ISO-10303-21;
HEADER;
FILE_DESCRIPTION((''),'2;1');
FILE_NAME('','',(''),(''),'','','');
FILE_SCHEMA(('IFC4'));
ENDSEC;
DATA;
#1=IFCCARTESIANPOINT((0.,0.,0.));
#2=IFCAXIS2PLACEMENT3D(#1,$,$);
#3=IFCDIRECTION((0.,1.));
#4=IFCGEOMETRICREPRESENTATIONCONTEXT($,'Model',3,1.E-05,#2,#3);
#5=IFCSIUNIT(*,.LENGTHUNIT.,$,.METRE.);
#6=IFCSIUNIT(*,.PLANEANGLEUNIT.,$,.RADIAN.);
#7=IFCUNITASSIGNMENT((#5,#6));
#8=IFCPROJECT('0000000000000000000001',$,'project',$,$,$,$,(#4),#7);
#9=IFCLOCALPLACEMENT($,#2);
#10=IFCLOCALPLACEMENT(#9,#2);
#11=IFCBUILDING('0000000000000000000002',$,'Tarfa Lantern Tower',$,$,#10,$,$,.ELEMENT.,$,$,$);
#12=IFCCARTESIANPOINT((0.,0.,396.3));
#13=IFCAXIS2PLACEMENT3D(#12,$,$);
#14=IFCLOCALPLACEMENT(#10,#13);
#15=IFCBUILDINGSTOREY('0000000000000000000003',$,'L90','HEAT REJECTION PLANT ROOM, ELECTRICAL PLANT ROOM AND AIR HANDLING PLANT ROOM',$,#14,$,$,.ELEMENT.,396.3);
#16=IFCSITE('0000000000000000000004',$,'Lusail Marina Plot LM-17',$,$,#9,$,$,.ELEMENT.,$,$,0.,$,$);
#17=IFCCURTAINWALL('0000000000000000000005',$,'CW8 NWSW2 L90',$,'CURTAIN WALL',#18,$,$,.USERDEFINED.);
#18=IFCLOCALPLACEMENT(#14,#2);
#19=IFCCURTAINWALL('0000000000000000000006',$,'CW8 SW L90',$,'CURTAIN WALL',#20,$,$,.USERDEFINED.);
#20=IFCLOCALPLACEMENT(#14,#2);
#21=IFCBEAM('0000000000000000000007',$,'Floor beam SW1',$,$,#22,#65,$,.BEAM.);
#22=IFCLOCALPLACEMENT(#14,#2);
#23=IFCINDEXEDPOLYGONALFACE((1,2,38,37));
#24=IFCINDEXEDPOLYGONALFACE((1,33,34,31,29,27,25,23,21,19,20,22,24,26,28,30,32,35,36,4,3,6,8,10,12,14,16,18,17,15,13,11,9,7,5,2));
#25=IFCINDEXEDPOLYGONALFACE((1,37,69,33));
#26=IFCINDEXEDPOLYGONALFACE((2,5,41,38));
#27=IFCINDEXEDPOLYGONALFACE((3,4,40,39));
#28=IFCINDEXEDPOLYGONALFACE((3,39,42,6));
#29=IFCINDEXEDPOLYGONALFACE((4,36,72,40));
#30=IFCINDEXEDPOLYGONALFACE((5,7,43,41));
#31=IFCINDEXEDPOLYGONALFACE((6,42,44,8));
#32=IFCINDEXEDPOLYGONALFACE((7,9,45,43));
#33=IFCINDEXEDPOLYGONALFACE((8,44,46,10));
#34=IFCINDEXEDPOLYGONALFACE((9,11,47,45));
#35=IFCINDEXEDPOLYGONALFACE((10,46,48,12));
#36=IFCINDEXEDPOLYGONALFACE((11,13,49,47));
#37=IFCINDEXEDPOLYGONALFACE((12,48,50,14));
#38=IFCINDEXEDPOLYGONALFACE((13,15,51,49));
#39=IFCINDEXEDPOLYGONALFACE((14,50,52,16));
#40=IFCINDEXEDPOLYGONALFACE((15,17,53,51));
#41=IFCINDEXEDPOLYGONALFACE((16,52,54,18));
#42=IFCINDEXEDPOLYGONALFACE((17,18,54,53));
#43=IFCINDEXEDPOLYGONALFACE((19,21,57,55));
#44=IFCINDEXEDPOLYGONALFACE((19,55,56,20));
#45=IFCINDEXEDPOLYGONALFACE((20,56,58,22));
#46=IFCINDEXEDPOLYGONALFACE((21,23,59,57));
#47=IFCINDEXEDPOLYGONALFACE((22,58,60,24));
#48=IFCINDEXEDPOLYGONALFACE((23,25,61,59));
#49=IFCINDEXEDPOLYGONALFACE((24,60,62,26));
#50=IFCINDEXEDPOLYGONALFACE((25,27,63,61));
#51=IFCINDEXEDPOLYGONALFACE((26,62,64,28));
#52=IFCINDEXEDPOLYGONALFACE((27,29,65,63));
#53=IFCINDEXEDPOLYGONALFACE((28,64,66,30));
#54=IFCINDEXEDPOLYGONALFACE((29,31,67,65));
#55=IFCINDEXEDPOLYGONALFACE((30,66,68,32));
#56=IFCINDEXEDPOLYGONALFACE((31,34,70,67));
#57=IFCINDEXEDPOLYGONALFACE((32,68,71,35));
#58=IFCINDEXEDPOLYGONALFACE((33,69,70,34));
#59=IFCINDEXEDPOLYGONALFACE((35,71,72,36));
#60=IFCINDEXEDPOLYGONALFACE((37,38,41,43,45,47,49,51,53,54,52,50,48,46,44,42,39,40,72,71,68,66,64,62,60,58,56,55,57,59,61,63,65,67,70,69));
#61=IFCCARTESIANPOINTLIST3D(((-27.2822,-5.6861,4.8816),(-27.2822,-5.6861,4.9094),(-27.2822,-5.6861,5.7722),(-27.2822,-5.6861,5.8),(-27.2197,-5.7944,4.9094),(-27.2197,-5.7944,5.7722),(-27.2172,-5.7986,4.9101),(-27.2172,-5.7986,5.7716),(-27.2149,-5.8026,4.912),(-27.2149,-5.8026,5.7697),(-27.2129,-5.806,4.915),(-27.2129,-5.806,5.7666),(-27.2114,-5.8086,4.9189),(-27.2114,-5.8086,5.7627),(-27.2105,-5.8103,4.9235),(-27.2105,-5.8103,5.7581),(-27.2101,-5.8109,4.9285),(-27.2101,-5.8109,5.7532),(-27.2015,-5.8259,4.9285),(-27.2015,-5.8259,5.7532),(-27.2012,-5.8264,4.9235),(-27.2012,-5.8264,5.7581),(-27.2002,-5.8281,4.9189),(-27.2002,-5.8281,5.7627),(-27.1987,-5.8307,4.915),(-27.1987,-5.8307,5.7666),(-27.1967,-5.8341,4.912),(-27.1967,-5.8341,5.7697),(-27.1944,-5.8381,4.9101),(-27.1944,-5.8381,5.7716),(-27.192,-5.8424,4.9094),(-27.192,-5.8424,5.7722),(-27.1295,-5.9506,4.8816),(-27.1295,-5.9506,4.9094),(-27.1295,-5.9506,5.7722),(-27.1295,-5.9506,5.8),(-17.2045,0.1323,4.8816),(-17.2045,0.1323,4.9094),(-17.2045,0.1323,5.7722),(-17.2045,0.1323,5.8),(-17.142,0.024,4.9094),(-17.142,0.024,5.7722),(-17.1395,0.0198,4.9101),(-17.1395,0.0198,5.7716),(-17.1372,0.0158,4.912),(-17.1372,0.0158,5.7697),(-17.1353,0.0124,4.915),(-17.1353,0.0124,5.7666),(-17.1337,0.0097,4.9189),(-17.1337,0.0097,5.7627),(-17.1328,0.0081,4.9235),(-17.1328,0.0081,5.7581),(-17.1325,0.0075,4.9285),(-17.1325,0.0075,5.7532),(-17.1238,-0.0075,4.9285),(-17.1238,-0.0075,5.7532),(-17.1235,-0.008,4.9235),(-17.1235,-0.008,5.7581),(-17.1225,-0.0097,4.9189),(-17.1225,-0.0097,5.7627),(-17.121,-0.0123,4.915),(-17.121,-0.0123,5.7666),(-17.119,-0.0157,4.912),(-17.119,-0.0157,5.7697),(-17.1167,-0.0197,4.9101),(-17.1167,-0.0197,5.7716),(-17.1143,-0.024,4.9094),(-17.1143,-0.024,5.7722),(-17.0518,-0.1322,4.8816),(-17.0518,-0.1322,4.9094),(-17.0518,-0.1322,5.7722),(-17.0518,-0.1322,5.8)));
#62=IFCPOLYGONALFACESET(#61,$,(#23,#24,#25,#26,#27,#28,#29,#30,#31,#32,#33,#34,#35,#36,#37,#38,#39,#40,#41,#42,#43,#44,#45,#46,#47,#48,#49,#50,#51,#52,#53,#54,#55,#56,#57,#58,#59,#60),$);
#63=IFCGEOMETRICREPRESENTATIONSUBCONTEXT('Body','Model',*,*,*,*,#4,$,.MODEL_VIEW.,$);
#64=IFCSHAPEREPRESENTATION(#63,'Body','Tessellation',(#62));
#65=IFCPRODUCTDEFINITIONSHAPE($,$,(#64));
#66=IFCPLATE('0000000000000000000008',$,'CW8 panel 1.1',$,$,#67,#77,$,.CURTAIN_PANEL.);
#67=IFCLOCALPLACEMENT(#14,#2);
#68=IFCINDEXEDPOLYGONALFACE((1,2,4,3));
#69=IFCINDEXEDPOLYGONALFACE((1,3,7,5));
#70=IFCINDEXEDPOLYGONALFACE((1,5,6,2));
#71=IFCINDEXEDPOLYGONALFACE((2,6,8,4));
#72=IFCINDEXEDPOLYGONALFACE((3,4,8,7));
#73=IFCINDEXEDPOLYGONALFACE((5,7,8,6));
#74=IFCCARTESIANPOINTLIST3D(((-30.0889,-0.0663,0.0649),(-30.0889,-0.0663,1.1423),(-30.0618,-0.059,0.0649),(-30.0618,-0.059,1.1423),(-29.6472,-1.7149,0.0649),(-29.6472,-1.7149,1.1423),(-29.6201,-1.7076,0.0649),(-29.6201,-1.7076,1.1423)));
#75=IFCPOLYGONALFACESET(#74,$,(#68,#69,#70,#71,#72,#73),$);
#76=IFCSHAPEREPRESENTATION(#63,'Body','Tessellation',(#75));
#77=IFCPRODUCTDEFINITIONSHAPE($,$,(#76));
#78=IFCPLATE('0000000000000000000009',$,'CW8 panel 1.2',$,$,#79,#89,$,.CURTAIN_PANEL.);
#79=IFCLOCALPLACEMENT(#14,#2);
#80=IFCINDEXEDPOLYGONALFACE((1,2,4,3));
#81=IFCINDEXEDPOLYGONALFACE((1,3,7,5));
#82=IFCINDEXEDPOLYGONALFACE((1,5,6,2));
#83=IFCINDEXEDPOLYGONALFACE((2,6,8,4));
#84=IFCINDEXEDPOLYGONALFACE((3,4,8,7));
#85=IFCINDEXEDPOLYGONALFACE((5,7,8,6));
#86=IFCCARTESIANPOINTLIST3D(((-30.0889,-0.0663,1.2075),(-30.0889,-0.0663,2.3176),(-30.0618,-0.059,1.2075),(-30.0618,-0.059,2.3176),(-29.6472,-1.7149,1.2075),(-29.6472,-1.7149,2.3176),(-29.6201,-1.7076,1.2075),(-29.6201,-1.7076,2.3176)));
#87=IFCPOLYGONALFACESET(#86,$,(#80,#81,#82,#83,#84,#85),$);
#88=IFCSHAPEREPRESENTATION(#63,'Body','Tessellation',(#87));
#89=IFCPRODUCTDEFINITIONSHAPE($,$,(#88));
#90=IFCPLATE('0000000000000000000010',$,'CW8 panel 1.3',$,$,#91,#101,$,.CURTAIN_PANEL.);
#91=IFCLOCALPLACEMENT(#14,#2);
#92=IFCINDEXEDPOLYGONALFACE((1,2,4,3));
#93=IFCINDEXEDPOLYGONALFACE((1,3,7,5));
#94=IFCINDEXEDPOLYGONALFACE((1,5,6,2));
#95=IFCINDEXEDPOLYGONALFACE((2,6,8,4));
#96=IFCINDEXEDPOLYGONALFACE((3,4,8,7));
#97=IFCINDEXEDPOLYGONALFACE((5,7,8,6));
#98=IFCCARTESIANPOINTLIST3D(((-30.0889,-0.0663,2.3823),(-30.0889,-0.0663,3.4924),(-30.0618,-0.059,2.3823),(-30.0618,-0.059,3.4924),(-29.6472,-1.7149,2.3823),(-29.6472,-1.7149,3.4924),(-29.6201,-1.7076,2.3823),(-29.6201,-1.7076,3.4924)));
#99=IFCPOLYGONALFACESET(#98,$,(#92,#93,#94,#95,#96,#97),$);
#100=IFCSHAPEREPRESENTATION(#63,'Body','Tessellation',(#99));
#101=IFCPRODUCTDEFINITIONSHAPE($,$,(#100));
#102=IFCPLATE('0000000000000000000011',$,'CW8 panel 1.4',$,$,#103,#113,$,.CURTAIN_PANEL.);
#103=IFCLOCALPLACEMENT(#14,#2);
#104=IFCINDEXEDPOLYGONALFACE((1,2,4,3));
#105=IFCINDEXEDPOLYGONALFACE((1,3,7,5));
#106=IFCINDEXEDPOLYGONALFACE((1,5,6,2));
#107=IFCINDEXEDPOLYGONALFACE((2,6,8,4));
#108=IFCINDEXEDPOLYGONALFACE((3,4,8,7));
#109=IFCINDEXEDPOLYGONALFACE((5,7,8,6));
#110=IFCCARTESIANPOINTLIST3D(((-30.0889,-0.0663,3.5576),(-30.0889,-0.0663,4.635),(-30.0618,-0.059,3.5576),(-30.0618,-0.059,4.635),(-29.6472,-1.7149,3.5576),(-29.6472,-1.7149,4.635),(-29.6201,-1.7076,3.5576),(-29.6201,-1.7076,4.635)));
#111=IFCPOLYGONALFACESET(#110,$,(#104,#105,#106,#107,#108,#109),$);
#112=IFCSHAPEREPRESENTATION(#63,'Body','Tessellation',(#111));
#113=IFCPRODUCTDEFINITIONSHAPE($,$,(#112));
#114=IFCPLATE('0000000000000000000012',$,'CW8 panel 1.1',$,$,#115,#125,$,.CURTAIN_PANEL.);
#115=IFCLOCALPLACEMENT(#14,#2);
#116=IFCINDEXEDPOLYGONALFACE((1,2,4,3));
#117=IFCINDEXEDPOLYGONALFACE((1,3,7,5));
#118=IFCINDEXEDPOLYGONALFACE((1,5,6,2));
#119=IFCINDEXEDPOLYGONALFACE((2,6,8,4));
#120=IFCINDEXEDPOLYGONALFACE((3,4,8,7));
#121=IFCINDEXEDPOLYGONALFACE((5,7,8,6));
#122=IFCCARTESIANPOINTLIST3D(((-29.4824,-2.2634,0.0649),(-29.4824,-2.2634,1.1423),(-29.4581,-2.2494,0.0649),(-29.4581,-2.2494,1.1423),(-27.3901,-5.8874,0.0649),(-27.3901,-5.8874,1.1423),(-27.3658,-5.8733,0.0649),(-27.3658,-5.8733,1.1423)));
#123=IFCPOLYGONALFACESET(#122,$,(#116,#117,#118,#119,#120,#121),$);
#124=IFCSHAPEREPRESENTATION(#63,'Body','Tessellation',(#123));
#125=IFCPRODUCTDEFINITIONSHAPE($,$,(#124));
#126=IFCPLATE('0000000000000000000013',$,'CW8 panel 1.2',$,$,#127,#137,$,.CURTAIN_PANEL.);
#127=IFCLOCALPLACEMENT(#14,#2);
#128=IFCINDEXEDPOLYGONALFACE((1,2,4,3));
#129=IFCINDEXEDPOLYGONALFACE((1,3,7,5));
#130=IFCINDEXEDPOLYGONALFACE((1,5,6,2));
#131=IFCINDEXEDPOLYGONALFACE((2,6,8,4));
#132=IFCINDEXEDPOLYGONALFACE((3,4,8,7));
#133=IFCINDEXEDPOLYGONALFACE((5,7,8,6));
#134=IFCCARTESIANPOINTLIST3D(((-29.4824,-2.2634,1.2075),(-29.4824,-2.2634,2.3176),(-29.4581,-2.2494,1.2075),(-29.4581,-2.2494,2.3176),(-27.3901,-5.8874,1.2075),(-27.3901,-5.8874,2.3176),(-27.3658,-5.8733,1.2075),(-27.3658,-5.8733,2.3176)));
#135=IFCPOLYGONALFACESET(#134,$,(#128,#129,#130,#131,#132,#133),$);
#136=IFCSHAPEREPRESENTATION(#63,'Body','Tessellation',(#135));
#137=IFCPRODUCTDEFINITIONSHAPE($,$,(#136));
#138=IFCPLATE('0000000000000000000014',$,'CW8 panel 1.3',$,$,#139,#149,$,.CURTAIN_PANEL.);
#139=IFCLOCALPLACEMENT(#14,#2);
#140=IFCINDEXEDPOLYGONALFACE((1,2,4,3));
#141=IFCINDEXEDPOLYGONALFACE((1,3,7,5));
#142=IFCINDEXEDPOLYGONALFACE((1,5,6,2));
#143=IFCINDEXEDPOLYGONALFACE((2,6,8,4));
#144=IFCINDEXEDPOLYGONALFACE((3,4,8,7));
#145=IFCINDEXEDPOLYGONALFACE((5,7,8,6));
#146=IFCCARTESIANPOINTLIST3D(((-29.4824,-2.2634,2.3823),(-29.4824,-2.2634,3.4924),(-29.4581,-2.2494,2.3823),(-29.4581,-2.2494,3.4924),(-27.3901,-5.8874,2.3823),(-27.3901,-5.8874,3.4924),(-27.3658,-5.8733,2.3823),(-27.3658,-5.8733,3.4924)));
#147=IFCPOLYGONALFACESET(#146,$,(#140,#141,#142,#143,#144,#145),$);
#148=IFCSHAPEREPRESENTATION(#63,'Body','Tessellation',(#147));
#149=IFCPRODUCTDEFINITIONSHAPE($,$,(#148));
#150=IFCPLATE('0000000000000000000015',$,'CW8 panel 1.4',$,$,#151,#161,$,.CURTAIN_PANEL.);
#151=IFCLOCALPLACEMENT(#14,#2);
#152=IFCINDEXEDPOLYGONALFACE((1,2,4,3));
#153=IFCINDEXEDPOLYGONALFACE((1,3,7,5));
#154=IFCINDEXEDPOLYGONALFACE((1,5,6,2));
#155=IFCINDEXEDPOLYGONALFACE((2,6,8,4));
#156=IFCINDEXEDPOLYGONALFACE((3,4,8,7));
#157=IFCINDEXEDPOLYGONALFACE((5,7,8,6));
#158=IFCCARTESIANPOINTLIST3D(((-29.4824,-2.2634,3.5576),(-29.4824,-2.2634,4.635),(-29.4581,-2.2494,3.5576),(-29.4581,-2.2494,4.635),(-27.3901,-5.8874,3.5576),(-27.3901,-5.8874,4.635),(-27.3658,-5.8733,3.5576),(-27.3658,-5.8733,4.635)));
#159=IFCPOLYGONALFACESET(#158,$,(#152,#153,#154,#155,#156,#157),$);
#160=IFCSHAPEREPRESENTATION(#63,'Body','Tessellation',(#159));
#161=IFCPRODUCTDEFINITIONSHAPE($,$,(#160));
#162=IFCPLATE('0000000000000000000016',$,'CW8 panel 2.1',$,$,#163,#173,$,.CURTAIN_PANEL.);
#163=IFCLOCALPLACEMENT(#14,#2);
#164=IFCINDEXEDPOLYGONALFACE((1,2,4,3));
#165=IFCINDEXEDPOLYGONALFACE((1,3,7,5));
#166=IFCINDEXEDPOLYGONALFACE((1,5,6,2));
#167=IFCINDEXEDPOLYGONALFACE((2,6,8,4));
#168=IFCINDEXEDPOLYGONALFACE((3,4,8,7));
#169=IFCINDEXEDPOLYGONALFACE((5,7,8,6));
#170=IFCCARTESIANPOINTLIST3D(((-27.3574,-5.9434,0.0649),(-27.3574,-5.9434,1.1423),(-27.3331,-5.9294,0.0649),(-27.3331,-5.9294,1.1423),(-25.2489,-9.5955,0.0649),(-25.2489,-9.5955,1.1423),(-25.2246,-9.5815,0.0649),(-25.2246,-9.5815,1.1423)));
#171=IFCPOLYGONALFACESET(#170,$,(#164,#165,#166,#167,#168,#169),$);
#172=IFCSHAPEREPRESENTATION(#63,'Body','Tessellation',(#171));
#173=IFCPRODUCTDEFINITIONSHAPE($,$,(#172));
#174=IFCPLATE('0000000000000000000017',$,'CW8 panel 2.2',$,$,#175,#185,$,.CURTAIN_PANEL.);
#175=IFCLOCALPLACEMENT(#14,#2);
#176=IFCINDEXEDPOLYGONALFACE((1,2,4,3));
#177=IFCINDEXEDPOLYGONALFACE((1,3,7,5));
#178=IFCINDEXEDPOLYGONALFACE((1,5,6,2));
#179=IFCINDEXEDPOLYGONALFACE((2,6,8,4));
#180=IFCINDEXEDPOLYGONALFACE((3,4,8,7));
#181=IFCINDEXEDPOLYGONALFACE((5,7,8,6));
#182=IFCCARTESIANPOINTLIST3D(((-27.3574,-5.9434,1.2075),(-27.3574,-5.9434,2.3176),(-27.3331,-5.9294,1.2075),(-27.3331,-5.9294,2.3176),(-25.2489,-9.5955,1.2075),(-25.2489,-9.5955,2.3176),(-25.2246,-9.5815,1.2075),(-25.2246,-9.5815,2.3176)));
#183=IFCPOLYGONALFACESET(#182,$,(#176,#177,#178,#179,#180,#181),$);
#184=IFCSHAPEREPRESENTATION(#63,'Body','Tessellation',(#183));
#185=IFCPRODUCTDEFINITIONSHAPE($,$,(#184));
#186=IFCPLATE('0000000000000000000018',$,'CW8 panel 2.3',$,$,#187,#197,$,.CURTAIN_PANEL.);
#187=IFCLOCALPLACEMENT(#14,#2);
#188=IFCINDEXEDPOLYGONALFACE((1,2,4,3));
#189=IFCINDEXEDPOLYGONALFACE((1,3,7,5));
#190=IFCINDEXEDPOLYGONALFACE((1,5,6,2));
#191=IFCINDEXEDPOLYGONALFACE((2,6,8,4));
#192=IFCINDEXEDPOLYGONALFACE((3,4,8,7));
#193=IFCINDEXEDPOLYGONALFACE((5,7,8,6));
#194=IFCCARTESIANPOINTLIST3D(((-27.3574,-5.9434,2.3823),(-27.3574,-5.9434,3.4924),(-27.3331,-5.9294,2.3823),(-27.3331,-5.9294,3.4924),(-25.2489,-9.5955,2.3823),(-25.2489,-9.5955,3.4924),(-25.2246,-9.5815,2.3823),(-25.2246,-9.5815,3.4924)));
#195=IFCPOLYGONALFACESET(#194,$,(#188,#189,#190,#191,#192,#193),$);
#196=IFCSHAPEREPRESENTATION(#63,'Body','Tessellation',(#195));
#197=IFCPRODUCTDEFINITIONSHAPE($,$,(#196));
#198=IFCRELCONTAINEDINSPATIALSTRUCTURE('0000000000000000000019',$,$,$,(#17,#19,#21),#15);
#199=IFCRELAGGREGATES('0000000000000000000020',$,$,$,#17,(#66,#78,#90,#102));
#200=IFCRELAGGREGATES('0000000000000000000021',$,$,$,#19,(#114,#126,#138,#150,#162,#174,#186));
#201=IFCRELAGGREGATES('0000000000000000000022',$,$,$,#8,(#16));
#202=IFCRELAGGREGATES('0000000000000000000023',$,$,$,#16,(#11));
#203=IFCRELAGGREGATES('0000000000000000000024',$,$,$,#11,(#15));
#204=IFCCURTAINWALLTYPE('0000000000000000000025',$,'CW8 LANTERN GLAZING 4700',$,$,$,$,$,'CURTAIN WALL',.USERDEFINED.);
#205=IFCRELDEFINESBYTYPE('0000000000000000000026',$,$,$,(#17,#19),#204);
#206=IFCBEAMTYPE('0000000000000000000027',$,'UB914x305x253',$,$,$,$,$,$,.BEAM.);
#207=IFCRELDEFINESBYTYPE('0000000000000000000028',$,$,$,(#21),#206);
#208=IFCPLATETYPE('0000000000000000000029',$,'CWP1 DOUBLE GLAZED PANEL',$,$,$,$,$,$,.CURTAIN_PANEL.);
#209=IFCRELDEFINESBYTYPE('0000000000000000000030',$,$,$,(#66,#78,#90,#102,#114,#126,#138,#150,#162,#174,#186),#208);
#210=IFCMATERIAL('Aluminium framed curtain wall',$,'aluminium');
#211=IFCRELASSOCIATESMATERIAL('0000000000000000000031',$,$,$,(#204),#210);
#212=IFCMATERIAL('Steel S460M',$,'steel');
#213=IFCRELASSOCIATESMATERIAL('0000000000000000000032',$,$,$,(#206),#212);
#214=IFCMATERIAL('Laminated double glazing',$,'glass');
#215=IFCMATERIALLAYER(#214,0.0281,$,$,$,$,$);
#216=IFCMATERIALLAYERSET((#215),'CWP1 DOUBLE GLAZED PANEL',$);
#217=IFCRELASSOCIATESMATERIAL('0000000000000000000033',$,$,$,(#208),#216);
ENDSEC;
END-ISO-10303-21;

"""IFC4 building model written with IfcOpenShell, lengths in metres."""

from ifc_helpers import new_model, si_unit, direction, frame, origin, origin_2d, place, context, subcontext, project, spatial, rectangle, i_section, extrude, material, layer, layer_set, material_profile, profile_set, type_object, element, aggregate, save


model = new_model("IFC4")

# Units and contexts
model_context = context("Model", 3, precision=1e-05, world=origin(), true_north=direction((0.0, 1.0)))
body_context = subcontext(model_context, "Body", "Model", "MODEL_VIEW")
ifc_project = project(units=[si_unit("LENGTHUNIT", "METRE"), si_unit("PLANEANGLEUNIT", "RADIAN")], contexts=[model_context])

# Site, building, storey
site_placement = place(None, origin())
site = spatial("IfcSite", under=ifc_project, at=site_placement, Name="Lusail Marina Plot LM-17", CompositionType="ELEMENT", RefElevation=0.0)
building_placement = place(site_placement, origin())
building = spatial("IfcBuilding", under=site, at=building_placement, Name="Tarfa Lantern Tower", CompositionType="ELEMENT")
storey_placement = place(building_placement, frame((0.0, 0.0, 396.3)))
storey = spatial("IfcBuildingStorey", under=building, at=storey_placement, Name="L90", Description="HEAT REJECTION PLANT ROOM, ELECTRICAL PLANT ROOM AND AIR HANDLING PLANT ROOM", CompositionType="ELEMENT", Elevation=396.3)

# Curtain walls
ifc_material_1 = material(Name="Aluminium framed curtain wall", Category="aluminium")
curtain_wall_type = type_object("IfcCurtainWallType", Name="CW8 LANTERN GLAZING 4700", ElementType="CURTAIN WALL", PredefinedType="USERDEFINED", material=ifc_material_1)
curtain_wall_1_placement = place(storey_placement, origin())
curtain_wall_1 = element("IfcCurtainWall", 1, at=curtain_wall_1_placement, inside=storey, type_object=curtain_wall_type, Name="CW8 NWSW2 L90", ObjectType="CURTAIN WALL", PredefinedType="USERDEFINED")
curtain_wall_2_placement = place(storey_placement, origin())
curtain_wall_2 = element("IfcCurtainWall", 2, at=curtain_wall_2_placement, inside=storey, type_object=curtain_wall_type, Name="CW8 SW L90", ObjectType="CURTAIN WALL", PredefinedType="USERDEFINED")

# Beam
ifc_material_2 = material(Name="Steel S460M", Category="steel")
ifc_material_profile_1 = material_profile(ifc_material_2, i_section(OverallWidth=0.3054, OverallDepth=0.9185, WebThickness=0.0173, FlangeThickness=0.0278, FilletRadius=0.019, at=origin_2d()), Name="UB914x305x253")
ifc_profile_set_1 = profile_set([ifc_material_profile_1], Name="Steel S460M")
beam_type_1 = type_object("IfcBeamType", Name="UB914x305x253", PredefinedType="BEAM", material=ifc_profile_set_1)
beam_1_placement = place(storey_placement, frame((-27.2058, -5.8184, 5.3408), z_axis=(0.866024, 0.500002, 0.0), x_axis=(-0.500002, 0.866024, 0.0)))
element("IfcBeam", 3, at=beam_1_placement, inside=storey, type_object=beam_type_1, Name="Floor beam SW1", PredefinedType="BEAM", context=body_context, shape_type="SweptSolid", body=[
    extrude(i_section(OverallWidth=0.3054, OverallDepth=0.9185, WebThickness=0.0173, FlangeThickness=0.0278, FilletRadius=0.019, at=origin_2d()), origin(), (0.0, 0.0, 1.0), 11.6367),
])

# Plates
ifc_material_3 = material(Name="Laminated double glazing", Category="glass")
ifc_layer_1 = layer(ifc_material_3, 0.0281)
ifc_layer_set_1 = layer_set([ifc_layer_1], Name="CWP1 DOUBLE GLAZED PANEL")
plate_type = type_object("IfcPlateType", Name="CWP1 DOUBLE GLAZED PANEL", PredefinedType="CURTAIN_PANEL", material=ifc_layer_set_1)
plate_1_placement = place(storey_placement, frame((-29.8545, -0.887, 0.0649), z_axis=(0.0, 0.0, 1.0), x_axis=(0.258819, -0.965926, 0.0)))
plate_1 = element("IfcPlate", 4, at=plate_1_placement, type_object=plate_type, Name="CW8 panel 1.1", PredefinedType="CURTAIN_PANEL", context=body_context, shape_type="SweptSolid", body=[
    extrude(rectangle(XDim=1.7068, YDim=0.0281, at=origin_2d()), origin(), (0.0, 0.0, 1.0), 1.0774),
])
plate_2_placement = place(storey_placement, frame((-29.8545, -0.887, 1.2075), z_axis=(0.0, 0.0, 1.0), x_axis=(0.258819, -0.965926, 0.0)))
plate_2 = element("IfcPlate", 5, at=plate_2_placement, type_object=plate_type, Name="CW8 panel 1.2", PredefinedType="CURTAIN_PANEL", context=body_context, shape_type="SweptSolid", body=[
    extrude(rectangle(XDim=1.7068, YDim=0.0281, at=origin_2d()), origin(), (0.0, 0.0, 1.0), 1.1101),
])
plate_3_placement = place(storey_placement, frame((-29.8545, -0.887, 2.3823), z_axis=(0.0, 0.0, 1.0), x_axis=(0.258819, -0.965926, 0.0)))
plate_3 = element("IfcPlate", 6, at=plate_3_placement, type_object=plate_type, Name="CW8 panel 1.3", PredefinedType="CURTAIN_PANEL", context=body_context, shape_type="SweptSolid", body=[
    extrude(rectangle(XDim=1.7068, YDim=0.0281, at=origin_2d()), origin(), (0.0, 0.0, 1.0), 1.1101),
])
plate_4_placement = place(storey_placement, frame((-29.8545, -0.887, 3.5576), z_axis=(0.0, 0.0, 1.0), x_axis=(0.258819, -0.965926, 0.0)))
plate_4 = element("IfcPlate", 7, at=plate_4_placement, type_object=plate_type, Name="CW8 panel 1.4", PredefinedType="CURTAIN_PANEL", context=body_context, shape_type="SweptSolid", body=[
    extrude(rectangle(XDim=1.7068, YDim=0.0281, at=origin_2d()), origin(), (0.0, 0.0, 1.0), 1.0774),
])
aggregate(curtain_wall_1, [plate_1, plate_2, plate_3, plate_4])
plate_5_placement = place(storey_placement, frame((-28.4241, -4.0684, 0.0649), z_axis=(0.0, 0.0, 1.0), x_axis=(0.5, -0.866025, 0.0)))
plate_5 = element("IfcPlate", 8, at=plate_5_placement, type_object=plate_type, Name="CW8 panel 1.1", PredefinedType="CURTAIN_PANEL", context=body_context, shape_type="SweptSolid", body=[
    extrude(rectangle(XDim=4.1846, YDim=0.0281, at=origin_2d()), origin(), (0.0, 0.0, 1.0), 1.0774),
])
plate_6_placement = place(storey_placement, frame((-28.4241, -4.0684, 1.2075), z_axis=(0.0, 0.0, 1.0), x_axis=(0.5, -0.866025, 0.0)))
plate_6 = element("IfcPlate", 9, at=plate_6_placement, type_object=plate_type, Name="CW8 panel 1.2", PredefinedType="CURTAIN_PANEL", context=body_context, shape_type="SweptSolid", body=[
    extrude(rectangle(XDim=4.1846, YDim=0.0281, at=origin_2d()), origin(), (0.0, 0.0, 1.0), 1.1101),
])
plate_7_placement = place(storey_placement, frame((-28.4241, -4.0684, 2.3823), z_axis=(0.0, 0.0, 1.0), x_axis=(0.5, -0.866025, 0.0)))
plate_7 = element("IfcPlate", 10, at=plate_7_placement, type_object=plate_type, Name="CW8 panel 1.3", PredefinedType="CURTAIN_PANEL", context=body_context, shape_type="SweptSolid", body=[
    extrude(rectangle(XDim=4.1846, YDim=0.0281, at=origin_2d()), origin(), (0.0, 0.0, 1.0), 1.1101),
])
plate_8_placement = place(storey_placement, frame((-28.4241, -4.0684, 3.5576), z_axis=(0.0, 0.0, 1.0), x_axis=(0.5, -0.866025, 0.0)))
plate_8 = element("IfcPlate", 11, at=plate_8_placement, type_object=plate_type, Name="CW8 panel 1.4", PredefinedType="CURTAIN_PANEL", context=body_context, shape_type="SweptSolid", body=[
    extrude(rectangle(XDim=4.1846, YDim=0.0281, at=origin_2d()), origin(), (0.0, 0.0, 1.0), 1.0774),
])
plate_9_placement = place(storey_placement, frame((-26.291, -7.7625, 0.0649), z_axis=(0.0, 0.0, 1.0), x_axis=(0.5, -0.866025, 0.0)))
plate_9 = element("IfcPlate", 12, at=plate_9_placement, type_object=plate_type, Name="CW8 panel 2.1", PredefinedType="CURTAIN_PANEL", context=body_context, shape_type="SweptSolid", body=[
    extrude(rectangle(XDim=4.217, YDim=0.0281, at=origin_2d()), origin(), (0.0, 0.0, 1.0), 1.0774),
])
plate_10_placement = place(storey_placement, frame((-26.291, -7.7625, 1.2075), z_axis=(0.0, 0.0, 1.0), x_axis=(0.5, -0.866025, 0.0)))
plate_10 = element("IfcPlate", 13, at=plate_10_placement, type_object=plate_type, Name="CW8 panel 2.2", PredefinedType="CURTAIN_PANEL", context=body_context, shape_type="SweptSolid", body=[
    extrude(rectangle(XDim=4.217, YDim=0.0281, at=origin_2d()), origin(), (0.0, 0.0, 1.0), 1.1101),
])
plate_11_placement = place(storey_placement, frame((-26.291, -7.7625, 2.3823), z_axis=(0.0, 0.0, 1.0), x_axis=(0.5, -0.866025, 0.0)))
plate_11 = element("IfcPlate", 14, at=plate_11_placement, type_object=plate_type, Name="CW8 panel 2.3", PredefinedType="CURTAIN_PANEL", context=body_context, shape_type="SweptSolid", body=[
    extrude(rectangle(XDim=4.217, YDim=0.0281, at=origin_2d()), origin(), (0.0, 0.0, 1.0), 1.1101),
])
aggregate(curtain_wall_2, [plate_5, plate_6, plate_7, plate_8, plate_9, plate_10, plate_11])

save(model, "model.ifc")
